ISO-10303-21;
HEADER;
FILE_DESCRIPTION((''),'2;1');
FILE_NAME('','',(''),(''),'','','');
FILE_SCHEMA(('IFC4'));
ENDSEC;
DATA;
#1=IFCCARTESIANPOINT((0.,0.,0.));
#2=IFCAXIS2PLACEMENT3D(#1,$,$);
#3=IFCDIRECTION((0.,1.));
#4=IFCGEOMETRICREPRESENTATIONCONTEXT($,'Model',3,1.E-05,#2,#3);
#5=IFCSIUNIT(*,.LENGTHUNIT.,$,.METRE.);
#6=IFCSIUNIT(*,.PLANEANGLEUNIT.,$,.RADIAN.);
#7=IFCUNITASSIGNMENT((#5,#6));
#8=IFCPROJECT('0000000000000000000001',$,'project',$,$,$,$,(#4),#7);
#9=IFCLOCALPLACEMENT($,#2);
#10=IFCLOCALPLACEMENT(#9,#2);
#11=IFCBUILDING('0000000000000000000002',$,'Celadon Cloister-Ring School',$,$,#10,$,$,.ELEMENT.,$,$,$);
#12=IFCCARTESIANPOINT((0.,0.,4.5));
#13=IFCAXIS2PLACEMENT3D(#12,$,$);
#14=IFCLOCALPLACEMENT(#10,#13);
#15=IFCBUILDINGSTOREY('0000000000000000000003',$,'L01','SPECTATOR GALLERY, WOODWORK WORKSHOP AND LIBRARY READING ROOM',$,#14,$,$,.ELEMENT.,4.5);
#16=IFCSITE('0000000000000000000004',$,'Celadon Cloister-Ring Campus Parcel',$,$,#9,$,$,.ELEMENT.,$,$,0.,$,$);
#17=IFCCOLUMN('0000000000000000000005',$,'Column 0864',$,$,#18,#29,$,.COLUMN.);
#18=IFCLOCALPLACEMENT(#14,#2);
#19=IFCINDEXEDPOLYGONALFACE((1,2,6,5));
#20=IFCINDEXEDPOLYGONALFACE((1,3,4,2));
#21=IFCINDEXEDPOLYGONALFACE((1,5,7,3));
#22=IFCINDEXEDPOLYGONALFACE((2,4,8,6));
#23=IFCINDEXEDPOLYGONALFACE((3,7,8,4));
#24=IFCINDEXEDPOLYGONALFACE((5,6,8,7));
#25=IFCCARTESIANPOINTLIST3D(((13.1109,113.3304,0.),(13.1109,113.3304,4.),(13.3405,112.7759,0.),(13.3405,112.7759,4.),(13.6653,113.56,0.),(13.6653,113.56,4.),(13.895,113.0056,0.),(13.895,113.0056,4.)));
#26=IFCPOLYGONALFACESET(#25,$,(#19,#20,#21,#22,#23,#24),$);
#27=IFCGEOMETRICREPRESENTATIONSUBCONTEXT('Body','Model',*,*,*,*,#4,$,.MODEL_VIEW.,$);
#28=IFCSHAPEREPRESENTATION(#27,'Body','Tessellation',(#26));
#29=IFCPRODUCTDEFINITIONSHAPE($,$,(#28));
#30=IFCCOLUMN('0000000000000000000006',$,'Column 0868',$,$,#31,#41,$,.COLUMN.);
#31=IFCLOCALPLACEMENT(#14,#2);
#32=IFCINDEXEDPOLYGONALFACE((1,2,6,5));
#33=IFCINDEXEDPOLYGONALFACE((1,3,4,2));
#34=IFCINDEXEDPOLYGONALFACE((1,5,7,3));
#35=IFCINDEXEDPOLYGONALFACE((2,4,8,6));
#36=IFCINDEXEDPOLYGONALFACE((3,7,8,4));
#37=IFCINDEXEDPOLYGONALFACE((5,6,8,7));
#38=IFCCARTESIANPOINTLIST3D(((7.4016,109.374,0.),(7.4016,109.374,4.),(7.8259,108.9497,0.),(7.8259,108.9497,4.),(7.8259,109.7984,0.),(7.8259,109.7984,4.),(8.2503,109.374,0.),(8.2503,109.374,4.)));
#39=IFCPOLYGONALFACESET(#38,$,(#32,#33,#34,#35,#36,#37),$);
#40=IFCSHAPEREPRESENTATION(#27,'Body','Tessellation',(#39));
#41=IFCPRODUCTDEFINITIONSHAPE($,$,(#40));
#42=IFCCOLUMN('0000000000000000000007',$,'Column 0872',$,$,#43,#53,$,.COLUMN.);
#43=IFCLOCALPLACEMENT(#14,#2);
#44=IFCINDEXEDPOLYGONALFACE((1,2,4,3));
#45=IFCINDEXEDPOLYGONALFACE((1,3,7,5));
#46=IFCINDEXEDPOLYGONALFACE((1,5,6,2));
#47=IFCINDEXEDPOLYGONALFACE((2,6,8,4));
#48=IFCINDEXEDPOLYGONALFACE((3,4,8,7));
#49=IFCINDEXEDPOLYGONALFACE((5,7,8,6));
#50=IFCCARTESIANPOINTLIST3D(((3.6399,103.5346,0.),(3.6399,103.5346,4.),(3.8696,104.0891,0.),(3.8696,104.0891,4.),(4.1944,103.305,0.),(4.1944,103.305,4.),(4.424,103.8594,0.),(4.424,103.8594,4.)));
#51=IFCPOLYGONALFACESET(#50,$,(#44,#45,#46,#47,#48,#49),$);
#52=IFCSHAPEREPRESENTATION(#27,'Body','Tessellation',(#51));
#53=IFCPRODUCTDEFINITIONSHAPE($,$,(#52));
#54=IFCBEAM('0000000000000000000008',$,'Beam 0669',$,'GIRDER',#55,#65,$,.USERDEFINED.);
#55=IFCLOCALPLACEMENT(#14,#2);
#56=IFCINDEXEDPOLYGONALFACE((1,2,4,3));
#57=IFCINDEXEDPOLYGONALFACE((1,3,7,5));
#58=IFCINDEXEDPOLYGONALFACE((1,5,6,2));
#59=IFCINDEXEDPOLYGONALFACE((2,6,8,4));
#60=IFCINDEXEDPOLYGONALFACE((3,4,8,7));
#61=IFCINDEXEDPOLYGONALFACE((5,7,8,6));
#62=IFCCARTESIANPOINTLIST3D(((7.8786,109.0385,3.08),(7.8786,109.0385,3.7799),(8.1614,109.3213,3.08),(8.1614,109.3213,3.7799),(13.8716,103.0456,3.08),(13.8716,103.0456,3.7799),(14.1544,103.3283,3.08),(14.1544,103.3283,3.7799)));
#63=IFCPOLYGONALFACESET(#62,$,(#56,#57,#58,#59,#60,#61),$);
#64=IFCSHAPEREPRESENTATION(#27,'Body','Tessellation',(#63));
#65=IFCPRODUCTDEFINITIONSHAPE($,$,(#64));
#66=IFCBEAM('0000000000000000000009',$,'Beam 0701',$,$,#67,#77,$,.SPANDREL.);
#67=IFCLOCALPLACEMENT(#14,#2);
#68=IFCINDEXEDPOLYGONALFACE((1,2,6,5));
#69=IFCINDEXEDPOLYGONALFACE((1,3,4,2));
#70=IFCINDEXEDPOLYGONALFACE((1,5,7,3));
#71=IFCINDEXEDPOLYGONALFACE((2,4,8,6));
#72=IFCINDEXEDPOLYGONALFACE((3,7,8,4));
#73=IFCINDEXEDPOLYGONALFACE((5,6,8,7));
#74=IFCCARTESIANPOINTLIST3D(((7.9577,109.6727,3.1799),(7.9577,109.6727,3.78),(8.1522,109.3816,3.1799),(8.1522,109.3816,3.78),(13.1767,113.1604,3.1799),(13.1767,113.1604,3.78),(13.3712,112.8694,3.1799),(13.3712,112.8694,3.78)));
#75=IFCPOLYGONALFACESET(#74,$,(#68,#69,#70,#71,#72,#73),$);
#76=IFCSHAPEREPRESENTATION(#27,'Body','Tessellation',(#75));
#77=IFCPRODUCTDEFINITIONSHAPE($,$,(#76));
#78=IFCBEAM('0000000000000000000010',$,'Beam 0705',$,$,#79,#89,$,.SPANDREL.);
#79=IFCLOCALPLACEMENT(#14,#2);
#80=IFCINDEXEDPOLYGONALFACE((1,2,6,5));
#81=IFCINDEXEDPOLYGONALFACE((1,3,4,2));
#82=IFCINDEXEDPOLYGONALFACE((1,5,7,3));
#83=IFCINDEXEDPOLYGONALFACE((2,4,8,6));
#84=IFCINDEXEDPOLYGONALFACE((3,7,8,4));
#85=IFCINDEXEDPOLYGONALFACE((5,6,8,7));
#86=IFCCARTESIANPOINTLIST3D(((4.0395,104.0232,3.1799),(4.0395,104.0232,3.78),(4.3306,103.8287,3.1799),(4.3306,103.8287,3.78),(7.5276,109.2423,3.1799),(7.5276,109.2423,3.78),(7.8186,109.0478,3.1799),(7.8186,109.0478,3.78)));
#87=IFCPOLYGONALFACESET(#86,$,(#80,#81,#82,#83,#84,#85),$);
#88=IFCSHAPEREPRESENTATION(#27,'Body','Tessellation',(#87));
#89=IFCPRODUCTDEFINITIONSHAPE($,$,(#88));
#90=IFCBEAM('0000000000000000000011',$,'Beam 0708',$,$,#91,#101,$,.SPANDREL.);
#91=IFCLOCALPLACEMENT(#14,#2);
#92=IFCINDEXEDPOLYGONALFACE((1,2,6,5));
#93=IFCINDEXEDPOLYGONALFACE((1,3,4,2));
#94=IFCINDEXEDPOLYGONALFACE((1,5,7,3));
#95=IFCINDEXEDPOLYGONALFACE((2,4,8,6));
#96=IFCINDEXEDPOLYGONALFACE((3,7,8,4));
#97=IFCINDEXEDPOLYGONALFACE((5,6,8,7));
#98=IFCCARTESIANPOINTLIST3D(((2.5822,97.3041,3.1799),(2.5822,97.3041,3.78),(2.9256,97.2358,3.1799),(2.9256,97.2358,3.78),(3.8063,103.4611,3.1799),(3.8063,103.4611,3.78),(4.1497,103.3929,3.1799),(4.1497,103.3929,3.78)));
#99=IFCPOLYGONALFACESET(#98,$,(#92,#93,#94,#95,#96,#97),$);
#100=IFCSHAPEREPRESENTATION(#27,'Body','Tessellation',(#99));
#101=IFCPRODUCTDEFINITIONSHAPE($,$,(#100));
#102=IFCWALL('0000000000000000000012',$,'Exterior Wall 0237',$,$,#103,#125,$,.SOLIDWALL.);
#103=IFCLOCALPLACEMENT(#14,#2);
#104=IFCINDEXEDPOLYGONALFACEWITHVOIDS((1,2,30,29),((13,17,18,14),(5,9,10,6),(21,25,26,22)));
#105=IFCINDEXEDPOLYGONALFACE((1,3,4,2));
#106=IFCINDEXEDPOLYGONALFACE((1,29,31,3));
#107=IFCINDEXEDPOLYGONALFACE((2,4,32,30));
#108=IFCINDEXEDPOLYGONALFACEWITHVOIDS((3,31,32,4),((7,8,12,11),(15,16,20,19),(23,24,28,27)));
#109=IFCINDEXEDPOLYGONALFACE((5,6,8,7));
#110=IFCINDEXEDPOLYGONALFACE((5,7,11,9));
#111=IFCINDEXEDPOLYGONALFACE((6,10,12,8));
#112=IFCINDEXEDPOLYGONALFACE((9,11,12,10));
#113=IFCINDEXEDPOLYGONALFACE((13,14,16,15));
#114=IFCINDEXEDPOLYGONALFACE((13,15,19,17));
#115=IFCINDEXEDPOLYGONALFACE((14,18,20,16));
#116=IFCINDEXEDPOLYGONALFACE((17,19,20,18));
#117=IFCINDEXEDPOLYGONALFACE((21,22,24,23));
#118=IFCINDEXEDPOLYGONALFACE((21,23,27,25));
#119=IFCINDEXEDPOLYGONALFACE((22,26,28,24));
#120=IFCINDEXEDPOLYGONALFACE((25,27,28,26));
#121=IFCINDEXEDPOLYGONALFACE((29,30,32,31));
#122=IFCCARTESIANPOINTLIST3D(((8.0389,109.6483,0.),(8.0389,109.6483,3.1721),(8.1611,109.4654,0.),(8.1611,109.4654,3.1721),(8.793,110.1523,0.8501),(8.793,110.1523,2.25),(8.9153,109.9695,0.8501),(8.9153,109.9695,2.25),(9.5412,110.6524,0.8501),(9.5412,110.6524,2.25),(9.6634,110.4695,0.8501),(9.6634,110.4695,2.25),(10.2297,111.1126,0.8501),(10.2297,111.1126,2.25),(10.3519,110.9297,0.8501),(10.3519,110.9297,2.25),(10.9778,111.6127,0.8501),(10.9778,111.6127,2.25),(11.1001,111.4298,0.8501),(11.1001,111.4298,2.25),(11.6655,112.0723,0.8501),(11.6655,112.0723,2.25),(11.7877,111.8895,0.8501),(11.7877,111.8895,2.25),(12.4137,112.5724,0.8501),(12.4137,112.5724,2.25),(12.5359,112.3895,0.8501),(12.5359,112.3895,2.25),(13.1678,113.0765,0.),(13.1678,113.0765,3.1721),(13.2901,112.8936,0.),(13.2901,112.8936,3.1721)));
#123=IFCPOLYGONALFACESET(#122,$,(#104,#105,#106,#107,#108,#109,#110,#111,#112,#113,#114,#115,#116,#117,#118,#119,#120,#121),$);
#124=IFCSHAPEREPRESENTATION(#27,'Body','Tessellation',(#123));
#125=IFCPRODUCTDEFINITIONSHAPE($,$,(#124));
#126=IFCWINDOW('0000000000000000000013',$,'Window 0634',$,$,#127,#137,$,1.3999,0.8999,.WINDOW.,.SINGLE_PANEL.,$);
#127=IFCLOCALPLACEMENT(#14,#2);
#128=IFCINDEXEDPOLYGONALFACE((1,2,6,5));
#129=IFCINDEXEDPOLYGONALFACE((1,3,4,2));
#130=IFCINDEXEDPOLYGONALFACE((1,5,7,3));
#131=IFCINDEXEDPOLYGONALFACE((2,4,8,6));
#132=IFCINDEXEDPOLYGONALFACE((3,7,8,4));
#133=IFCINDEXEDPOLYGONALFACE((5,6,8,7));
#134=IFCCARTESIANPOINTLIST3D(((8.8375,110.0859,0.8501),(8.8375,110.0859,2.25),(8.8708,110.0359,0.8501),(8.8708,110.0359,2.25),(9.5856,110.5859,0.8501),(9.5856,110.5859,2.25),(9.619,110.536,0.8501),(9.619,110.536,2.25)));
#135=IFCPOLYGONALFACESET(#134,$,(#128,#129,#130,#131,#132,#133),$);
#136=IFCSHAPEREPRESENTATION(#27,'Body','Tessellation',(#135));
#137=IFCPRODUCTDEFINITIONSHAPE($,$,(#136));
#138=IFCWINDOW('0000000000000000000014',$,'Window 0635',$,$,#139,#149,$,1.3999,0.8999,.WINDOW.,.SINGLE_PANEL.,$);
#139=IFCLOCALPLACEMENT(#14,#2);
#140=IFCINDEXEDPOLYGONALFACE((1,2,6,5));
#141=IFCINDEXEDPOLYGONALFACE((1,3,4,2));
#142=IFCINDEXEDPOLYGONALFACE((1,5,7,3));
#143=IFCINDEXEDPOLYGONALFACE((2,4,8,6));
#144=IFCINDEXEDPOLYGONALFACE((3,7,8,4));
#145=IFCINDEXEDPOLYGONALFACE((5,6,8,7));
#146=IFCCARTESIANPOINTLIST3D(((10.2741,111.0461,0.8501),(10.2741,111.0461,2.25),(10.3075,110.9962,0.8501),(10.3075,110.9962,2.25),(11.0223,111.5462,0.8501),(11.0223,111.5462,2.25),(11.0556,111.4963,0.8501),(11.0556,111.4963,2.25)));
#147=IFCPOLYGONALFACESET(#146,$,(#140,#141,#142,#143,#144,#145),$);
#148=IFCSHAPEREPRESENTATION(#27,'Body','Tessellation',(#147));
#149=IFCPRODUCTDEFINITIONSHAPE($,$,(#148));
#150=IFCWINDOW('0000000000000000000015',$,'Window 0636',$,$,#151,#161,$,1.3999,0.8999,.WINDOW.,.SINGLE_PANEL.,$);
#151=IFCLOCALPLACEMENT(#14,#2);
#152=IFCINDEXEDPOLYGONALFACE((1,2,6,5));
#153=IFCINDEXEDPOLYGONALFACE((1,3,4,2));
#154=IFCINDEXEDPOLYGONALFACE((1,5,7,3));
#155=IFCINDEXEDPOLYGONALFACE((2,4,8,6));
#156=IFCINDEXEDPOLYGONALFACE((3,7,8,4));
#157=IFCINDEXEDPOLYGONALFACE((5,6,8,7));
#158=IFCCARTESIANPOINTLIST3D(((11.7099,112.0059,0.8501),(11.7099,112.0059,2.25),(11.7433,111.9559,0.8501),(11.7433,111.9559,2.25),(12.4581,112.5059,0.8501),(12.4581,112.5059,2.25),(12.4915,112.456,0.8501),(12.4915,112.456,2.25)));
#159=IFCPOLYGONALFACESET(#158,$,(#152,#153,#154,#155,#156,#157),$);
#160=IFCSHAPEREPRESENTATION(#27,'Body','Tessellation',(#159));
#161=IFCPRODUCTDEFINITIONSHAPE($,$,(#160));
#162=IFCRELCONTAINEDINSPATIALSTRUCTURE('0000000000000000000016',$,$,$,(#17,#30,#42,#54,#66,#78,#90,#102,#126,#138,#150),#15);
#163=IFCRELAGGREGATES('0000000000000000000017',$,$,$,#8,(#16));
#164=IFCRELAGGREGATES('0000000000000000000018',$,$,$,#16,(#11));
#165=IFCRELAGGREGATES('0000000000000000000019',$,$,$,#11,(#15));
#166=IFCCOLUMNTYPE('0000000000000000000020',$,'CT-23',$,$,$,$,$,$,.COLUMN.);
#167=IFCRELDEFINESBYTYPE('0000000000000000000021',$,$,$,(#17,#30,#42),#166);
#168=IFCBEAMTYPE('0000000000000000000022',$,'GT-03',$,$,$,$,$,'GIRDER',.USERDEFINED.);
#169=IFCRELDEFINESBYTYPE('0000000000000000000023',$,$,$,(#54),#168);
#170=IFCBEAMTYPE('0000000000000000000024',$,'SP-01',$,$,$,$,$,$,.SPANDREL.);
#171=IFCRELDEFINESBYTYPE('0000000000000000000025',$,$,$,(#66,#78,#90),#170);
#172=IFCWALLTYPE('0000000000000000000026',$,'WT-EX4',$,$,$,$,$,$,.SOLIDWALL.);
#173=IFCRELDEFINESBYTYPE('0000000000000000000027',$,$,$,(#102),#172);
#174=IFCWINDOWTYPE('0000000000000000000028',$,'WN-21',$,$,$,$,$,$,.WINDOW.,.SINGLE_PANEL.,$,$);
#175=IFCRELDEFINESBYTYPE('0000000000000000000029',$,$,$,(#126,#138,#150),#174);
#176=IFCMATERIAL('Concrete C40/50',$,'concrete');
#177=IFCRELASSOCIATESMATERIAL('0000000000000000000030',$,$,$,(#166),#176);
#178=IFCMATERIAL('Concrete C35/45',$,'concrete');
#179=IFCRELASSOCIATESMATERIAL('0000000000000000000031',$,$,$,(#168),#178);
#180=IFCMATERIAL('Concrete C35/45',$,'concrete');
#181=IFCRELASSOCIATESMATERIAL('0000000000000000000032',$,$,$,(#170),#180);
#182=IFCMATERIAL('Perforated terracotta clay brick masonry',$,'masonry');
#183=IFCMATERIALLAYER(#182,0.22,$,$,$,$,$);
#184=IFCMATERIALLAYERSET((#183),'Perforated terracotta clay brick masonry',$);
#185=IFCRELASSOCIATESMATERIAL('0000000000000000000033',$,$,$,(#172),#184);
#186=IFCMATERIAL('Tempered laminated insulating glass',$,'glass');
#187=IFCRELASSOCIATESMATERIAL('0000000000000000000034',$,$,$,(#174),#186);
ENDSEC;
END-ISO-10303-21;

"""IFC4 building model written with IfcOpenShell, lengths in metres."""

from ifc_helpers import new_model, si_unit, direction, frame, frame_2d, origin, origin_2d, place, context, subcontext, project, spatial, rectangle, extrude, material, layer, layer_set, material_profile, profile_set, type_object, element, fill, save


model = new_model("IFC4")

# Units and contexts
model_context = context("Model", 3, precision=1e-05, world=origin(), true_north=direction((0.0, 1.0)))
body_context = subcontext(model_context, "Body", "Model", "MODEL_VIEW")
ifc_project = project(units=[si_unit("LENGTHUNIT", "METRE"), si_unit("PLANEANGLEUNIT", "RADIAN")], contexts=[model_context])

# Site, building, storey
site_placement = place(None, origin())
site = spatial("IfcSite", under=ifc_project, at=site_placement, Name="Celadon Cloister-Ring Campus Parcel", CompositionType="ELEMENT", RefElevation=0.0)
building_placement = place(site_placement, origin())
building = spatial("IfcBuilding", under=site, at=building_placement, Name="Celadon Cloister-Ring School", CompositionType="ELEMENT")
storey_placement = place(building_placement, frame((0.0, 0.0, 4.5)))
storey = spatial("IfcBuildingStorey", under=building, at=storey_placement, Name="L01", Description="SPECTATOR GALLERY, WOODWORK WORKSHOP AND LIBRARY READING ROOM", CompositionType="ELEMENT", Elevation=4.5)

# Columns
ifc_material_1 = material(Name="Concrete C40/50", Category="concrete")
ifc_material_profile_1 = material_profile(ifc_material_1, rectangle(XDim=0.6001, YDim=0.6001, at=origin_2d()), Name="RC600X600")
ifc_profile_set_1 = profile_set([ifc_material_profile_1], Name="Concrete C40/50")
column_type = type_object("IfcColumnType", Name="CT-23", PredefinedType="COLUMN", material=ifc_profile_set_1)
for number, where, z_axis, x_axis, name in (
    (1, (13.5029, 113.168, 0.0), (0.0, 0.0, 1.0), (-0.382683, 0.92388, 0.0), "Column 0864"),
    (2, (7.8259, 109.374, 0.0), (0.0, 0.0, 1.0), (-0.707107, 0.707107, 0.0), "Column 0868"),
    (3, (4.032, 103.697, 0.0), (0.0, 0.0, 1.0), (-0.92388, 0.382683, 0.0), "Column 0872"),
):
    element("IfcColumn", number, at=place(storey_placement, frame(where, z_axis=z_axis, x_axis=x_axis)), inside=storey, type_object=column_type, Name=name, PredefinedType="COLUMN", context=body_context, shape_type="SweptSolid", body=[
        extrude(rectangle(XDim=0.6001, YDim=0.6001, at=origin_2d()), origin(), (0.0, 0.0, 1.0), 4.0),
    ])

# Beams
ifc_material_2 = material(Name="Concrete C35/45", Category="concrete")
ifc_material_profile_2 = material_profile(ifc_material_2, rectangle(XDim=0.3999, YDim=0.7, at=origin_2d()), Name="RC400X700")
ifc_profile_set_2 = profile_set([ifc_material_profile_2], Name="Concrete C35/45")
beam_type_1 = type_object("IfcBeamType", Name="GT-03", ElementType="GIRDER", PredefinedType="USERDEFINED", material=ifc_profile_set_2)
beam_1_placement = place(storey_placement, frame((8.02, 109.1799, 3.4299), z_axis=(0.707107, -0.707107, 0.0), x_axis=(0.707107, 0.707107, 0.0)))
element("IfcBeam", 4, at=beam_1_placement, inside=storey, type_object=beam_type_1, Name="Beam 0669", ObjectType="GIRDER", PredefinedType="USERDEFINED", context=body_context, shape_type="SweptSolid", body=[
    extrude(rectangle(XDim=0.3999, YDim=0.7, at=origin_2d()), origin(), (0.0, 0.0, 1.0), 8.4753),
])
ifc_material_3 = material(Name="Concrete C35/45", Category="concrete")
ifc_material_profile_3 = material_profile(ifc_material_3, rectangle(XDim=0.3501, YDim=0.6001, at=origin_2d()), Name="RC350X600")
ifc_profile_set_3 = profile_set([ifc_material_profile_3], Name="Concrete C35/45")
beam_type_2 = type_object("IfcBeamType", Name="SP-01", PredefinedType="SPANDREL", material=ifc_profile_set_3)
beam_2_placement = place(storey_placement, frame((13.2739, 113.0149, 3.48), z_axis=(-0.831427, -0.555633, 0.0), x_axis=(0.555633, -0.831427, 0.0)))
element("IfcBeam", 5, at=beam_2_placement, inside=storey, type_object=beam_type_2, Name="Beam 0701", PredefinedType="SPANDREL", context=body_context, shape_type="SweptSolid", body=[
    extrude(rectangle(XDim=0.3501, YDim=0.6001, at=origin_2d()), origin(), (0.0, 0.0, 1.0), 6.2771),
])
beam_3_placement = place(storey_placement, frame((7.6731, 109.145, 3.48), z_axis=(-0.55566, -0.83141, 0.0), x_axis=(0.83141, -0.55566, 0.0)))
element("IfcBeam", 6, at=beam_3_placement, inside=storey, type_object=beam_type_2, Name="Beam 0705", PredefinedType="SPANDREL", context=body_context, shape_type="SweptSolid", body=[
    extrude(rectangle(XDim=0.3501, YDim=0.6001, at=origin_2d()), origin(), (0.0, 0.0, 1.0), 6.2773),
])
beam_4_placement = place(storey_placement, frame((3.978, 103.427, 3.48), z_axis=(-0.195002, -0.980803, 0.0), x_axis=(0.980803, -0.195002, 0.0)))
element("IfcBeam", 7, at=beam_4_placement, inside=storey, type_object=beam_type_2, Name="Beam 0708", PredefinedType="SPANDREL", context=body_context, shape_type="SweptSolid", body=[
    extrude(rectangle(XDim=0.3501, YDim=0.6001, at=origin_2d()), origin(), (0.0, 0.0, 1.0), 6.2776),
])

# Wall, openings, windows
ifc_material_4 = material(Name="Perforated terracotta clay brick masonry", Category="masonry")
ifc_layer_1 = layer(ifc_material_4, 0.22)
ifc_layer_set_1 = layer_set([ifc_layer_1], Name="Perforated terracotta clay brick masonry")
wall_type = type_object("IfcWallType", Name="WT-EX4", PredefinedType="SOLIDWALL", material=ifc_layer_set_1)
wall_1_placement = place(storey_placement, frame((8.1001, 109.5569, 0.0), z_axis=(0.0, 0.0, 1.0), x_axis=(0.83138, 0.555704, 0.0)))
wall_1 = element("IfcWall", 8, at=wall_1_placement, inside=storey, type_object=wall_type, Name="Exterior Wall 0237", PredefinedType="SOLIDWALL", context=body_context, shape_type="SweptSolid", body=[
    extrude(rectangle(XDim=6.1692, YDim=0.22, at=frame_2d((3.0845, 0.0))), origin(), (0.0, 0.0, 1.0), 3.1721),
])
opening_1_placement = place(wall_1_placement, frame((0.907, 0.0, 0.8501)))
opening_1 = element("IfcOpeningElement", 9, at=opening_1_placement, cuts=wall_1, PredefinedType="OPENING", context=body_context, shape_type="SweptSolid", body=[
    extrude(rectangle(XDim=0.8999, YDim=1.3999, at=frame_2d((0.45, 0.7))), frame((0.0, 0.1201, 0.0), z_axis=(0.0, -1.0, 0.0), x_axis=(1.0, 0.0, 0.0)), (0.0, 0.0, 1.0), 0.24),
])
opening_2_placement = place(wall_1_placement, frame((2.635, 0.0, 0.8501)))
opening_2 = element("IfcOpeningElement", 10, at=opening_2_placement, cuts=wall_1, PredefinedType="OPENING", context=body_context, shape_type="SweptSolid", body=[
    extrude(rectangle(XDim=0.8999, YDim=1.3999, at=frame_2d((0.45, 0.7))), frame((0.0, 0.1201, 0.0), z_axis=(0.0, -1.0, 0.0), x_axis=(1.0, 0.0, 0.0)), (0.0, 0.0, 1.0), 0.24),
])
opening_3_placement = place(wall_1_placement, frame((4.3621, 0.0, 0.8501)))
opening_3 = element("IfcOpeningElement", 11, at=opening_3_placement, cuts=wall_1, PredefinedType="OPENING", context=body_context, shape_type="SweptSolid", body=[
    extrude(rectangle(XDim=0.8999, YDim=1.3999, at=frame_2d((0.45, 0.7))), frame((0.0, 0.1201, 0.0), z_axis=(0.0, -1.0, 0.0), x_axis=(1.0, 0.0, 0.0)), (0.0, 0.0, 1.0), 0.24),
])
ifc_material_5 = material(Name="Tempered laminated insulating glass", Category="glass")
window_type = type_object("IfcWindowType", Name="WN-21", PartitioningType="SINGLE_PANEL", PredefinedType="WINDOW", material=ifc_material_5)
window_1_placement = place(opening_1_placement, origin())
window_1 = element("IfcWindow", 12, at=window_1_placement, inside=storey, type_object=window_type, Name="Window 0634", OverallHeight=1.3999, OverallWidth=0.8999, PartitioningType="SINGLE_PANEL", PredefinedType="WINDOW", context=body_context, shape_type="SweptSolid", body=[
    extrude(rectangle(XDim=0.8999, YDim=1.3999, at=frame_2d((0.45, 0.7))), frame((0.0, 0.03, 0.0), z_axis=(0.0, -1.0, 0.0), x_axis=(1.0, 0.0, 0.0)), (0.0, 0.0, 1.0), 0.0601),
])
fill(opening_1, window_1)
window_2_placement = place(opening_2_placement, origin())
window_2 = element("IfcWindow", 13, at=window_2_placement, inside=storey, type_object=window_type, Name="Window 0635", OverallHeight=1.3999, OverallWidth=0.8999, PartitioningType="SINGLE_PANEL", PredefinedType="WINDOW", context=body_context, shape_type="SweptSolid", body=[
    extrude(rectangle(XDim=0.8999, YDim=1.3999, at=frame_2d((0.45, 0.7))), frame((0.0, 0.03, 0.0), z_axis=(0.0, -1.0, 0.0), x_axis=(1.0, 0.0, 0.0)), (0.0, 0.0, 1.0), 0.0601),
])
fill(opening_2, window_2)
window_3_placement = place(opening_3_placement, origin())
window_3 = element("IfcWindow", 14, at=window_3_placement, inside=storey, type_object=window_type, Name="Window 0636", OverallHeight=1.3999, OverallWidth=0.8999, PartitioningType="SINGLE_PANEL", PredefinedType="WINDOW", context=body_context, shape_type="SweptSolid", body=[
    extrude(rectangle(XDim=0.8999, YDim=1.3999, at=frame_2d((0.45, 0.7))), frame((0.0, 0.03, 0.0), z_axis=(0.0, -1.0, 0.0), x_axis=(1.0, 0.0, 0.0)), (0.0, 0.0, 1.0), 0.0601),
])
fill(opening_3, window_3)

save(model, "model.ifc")
